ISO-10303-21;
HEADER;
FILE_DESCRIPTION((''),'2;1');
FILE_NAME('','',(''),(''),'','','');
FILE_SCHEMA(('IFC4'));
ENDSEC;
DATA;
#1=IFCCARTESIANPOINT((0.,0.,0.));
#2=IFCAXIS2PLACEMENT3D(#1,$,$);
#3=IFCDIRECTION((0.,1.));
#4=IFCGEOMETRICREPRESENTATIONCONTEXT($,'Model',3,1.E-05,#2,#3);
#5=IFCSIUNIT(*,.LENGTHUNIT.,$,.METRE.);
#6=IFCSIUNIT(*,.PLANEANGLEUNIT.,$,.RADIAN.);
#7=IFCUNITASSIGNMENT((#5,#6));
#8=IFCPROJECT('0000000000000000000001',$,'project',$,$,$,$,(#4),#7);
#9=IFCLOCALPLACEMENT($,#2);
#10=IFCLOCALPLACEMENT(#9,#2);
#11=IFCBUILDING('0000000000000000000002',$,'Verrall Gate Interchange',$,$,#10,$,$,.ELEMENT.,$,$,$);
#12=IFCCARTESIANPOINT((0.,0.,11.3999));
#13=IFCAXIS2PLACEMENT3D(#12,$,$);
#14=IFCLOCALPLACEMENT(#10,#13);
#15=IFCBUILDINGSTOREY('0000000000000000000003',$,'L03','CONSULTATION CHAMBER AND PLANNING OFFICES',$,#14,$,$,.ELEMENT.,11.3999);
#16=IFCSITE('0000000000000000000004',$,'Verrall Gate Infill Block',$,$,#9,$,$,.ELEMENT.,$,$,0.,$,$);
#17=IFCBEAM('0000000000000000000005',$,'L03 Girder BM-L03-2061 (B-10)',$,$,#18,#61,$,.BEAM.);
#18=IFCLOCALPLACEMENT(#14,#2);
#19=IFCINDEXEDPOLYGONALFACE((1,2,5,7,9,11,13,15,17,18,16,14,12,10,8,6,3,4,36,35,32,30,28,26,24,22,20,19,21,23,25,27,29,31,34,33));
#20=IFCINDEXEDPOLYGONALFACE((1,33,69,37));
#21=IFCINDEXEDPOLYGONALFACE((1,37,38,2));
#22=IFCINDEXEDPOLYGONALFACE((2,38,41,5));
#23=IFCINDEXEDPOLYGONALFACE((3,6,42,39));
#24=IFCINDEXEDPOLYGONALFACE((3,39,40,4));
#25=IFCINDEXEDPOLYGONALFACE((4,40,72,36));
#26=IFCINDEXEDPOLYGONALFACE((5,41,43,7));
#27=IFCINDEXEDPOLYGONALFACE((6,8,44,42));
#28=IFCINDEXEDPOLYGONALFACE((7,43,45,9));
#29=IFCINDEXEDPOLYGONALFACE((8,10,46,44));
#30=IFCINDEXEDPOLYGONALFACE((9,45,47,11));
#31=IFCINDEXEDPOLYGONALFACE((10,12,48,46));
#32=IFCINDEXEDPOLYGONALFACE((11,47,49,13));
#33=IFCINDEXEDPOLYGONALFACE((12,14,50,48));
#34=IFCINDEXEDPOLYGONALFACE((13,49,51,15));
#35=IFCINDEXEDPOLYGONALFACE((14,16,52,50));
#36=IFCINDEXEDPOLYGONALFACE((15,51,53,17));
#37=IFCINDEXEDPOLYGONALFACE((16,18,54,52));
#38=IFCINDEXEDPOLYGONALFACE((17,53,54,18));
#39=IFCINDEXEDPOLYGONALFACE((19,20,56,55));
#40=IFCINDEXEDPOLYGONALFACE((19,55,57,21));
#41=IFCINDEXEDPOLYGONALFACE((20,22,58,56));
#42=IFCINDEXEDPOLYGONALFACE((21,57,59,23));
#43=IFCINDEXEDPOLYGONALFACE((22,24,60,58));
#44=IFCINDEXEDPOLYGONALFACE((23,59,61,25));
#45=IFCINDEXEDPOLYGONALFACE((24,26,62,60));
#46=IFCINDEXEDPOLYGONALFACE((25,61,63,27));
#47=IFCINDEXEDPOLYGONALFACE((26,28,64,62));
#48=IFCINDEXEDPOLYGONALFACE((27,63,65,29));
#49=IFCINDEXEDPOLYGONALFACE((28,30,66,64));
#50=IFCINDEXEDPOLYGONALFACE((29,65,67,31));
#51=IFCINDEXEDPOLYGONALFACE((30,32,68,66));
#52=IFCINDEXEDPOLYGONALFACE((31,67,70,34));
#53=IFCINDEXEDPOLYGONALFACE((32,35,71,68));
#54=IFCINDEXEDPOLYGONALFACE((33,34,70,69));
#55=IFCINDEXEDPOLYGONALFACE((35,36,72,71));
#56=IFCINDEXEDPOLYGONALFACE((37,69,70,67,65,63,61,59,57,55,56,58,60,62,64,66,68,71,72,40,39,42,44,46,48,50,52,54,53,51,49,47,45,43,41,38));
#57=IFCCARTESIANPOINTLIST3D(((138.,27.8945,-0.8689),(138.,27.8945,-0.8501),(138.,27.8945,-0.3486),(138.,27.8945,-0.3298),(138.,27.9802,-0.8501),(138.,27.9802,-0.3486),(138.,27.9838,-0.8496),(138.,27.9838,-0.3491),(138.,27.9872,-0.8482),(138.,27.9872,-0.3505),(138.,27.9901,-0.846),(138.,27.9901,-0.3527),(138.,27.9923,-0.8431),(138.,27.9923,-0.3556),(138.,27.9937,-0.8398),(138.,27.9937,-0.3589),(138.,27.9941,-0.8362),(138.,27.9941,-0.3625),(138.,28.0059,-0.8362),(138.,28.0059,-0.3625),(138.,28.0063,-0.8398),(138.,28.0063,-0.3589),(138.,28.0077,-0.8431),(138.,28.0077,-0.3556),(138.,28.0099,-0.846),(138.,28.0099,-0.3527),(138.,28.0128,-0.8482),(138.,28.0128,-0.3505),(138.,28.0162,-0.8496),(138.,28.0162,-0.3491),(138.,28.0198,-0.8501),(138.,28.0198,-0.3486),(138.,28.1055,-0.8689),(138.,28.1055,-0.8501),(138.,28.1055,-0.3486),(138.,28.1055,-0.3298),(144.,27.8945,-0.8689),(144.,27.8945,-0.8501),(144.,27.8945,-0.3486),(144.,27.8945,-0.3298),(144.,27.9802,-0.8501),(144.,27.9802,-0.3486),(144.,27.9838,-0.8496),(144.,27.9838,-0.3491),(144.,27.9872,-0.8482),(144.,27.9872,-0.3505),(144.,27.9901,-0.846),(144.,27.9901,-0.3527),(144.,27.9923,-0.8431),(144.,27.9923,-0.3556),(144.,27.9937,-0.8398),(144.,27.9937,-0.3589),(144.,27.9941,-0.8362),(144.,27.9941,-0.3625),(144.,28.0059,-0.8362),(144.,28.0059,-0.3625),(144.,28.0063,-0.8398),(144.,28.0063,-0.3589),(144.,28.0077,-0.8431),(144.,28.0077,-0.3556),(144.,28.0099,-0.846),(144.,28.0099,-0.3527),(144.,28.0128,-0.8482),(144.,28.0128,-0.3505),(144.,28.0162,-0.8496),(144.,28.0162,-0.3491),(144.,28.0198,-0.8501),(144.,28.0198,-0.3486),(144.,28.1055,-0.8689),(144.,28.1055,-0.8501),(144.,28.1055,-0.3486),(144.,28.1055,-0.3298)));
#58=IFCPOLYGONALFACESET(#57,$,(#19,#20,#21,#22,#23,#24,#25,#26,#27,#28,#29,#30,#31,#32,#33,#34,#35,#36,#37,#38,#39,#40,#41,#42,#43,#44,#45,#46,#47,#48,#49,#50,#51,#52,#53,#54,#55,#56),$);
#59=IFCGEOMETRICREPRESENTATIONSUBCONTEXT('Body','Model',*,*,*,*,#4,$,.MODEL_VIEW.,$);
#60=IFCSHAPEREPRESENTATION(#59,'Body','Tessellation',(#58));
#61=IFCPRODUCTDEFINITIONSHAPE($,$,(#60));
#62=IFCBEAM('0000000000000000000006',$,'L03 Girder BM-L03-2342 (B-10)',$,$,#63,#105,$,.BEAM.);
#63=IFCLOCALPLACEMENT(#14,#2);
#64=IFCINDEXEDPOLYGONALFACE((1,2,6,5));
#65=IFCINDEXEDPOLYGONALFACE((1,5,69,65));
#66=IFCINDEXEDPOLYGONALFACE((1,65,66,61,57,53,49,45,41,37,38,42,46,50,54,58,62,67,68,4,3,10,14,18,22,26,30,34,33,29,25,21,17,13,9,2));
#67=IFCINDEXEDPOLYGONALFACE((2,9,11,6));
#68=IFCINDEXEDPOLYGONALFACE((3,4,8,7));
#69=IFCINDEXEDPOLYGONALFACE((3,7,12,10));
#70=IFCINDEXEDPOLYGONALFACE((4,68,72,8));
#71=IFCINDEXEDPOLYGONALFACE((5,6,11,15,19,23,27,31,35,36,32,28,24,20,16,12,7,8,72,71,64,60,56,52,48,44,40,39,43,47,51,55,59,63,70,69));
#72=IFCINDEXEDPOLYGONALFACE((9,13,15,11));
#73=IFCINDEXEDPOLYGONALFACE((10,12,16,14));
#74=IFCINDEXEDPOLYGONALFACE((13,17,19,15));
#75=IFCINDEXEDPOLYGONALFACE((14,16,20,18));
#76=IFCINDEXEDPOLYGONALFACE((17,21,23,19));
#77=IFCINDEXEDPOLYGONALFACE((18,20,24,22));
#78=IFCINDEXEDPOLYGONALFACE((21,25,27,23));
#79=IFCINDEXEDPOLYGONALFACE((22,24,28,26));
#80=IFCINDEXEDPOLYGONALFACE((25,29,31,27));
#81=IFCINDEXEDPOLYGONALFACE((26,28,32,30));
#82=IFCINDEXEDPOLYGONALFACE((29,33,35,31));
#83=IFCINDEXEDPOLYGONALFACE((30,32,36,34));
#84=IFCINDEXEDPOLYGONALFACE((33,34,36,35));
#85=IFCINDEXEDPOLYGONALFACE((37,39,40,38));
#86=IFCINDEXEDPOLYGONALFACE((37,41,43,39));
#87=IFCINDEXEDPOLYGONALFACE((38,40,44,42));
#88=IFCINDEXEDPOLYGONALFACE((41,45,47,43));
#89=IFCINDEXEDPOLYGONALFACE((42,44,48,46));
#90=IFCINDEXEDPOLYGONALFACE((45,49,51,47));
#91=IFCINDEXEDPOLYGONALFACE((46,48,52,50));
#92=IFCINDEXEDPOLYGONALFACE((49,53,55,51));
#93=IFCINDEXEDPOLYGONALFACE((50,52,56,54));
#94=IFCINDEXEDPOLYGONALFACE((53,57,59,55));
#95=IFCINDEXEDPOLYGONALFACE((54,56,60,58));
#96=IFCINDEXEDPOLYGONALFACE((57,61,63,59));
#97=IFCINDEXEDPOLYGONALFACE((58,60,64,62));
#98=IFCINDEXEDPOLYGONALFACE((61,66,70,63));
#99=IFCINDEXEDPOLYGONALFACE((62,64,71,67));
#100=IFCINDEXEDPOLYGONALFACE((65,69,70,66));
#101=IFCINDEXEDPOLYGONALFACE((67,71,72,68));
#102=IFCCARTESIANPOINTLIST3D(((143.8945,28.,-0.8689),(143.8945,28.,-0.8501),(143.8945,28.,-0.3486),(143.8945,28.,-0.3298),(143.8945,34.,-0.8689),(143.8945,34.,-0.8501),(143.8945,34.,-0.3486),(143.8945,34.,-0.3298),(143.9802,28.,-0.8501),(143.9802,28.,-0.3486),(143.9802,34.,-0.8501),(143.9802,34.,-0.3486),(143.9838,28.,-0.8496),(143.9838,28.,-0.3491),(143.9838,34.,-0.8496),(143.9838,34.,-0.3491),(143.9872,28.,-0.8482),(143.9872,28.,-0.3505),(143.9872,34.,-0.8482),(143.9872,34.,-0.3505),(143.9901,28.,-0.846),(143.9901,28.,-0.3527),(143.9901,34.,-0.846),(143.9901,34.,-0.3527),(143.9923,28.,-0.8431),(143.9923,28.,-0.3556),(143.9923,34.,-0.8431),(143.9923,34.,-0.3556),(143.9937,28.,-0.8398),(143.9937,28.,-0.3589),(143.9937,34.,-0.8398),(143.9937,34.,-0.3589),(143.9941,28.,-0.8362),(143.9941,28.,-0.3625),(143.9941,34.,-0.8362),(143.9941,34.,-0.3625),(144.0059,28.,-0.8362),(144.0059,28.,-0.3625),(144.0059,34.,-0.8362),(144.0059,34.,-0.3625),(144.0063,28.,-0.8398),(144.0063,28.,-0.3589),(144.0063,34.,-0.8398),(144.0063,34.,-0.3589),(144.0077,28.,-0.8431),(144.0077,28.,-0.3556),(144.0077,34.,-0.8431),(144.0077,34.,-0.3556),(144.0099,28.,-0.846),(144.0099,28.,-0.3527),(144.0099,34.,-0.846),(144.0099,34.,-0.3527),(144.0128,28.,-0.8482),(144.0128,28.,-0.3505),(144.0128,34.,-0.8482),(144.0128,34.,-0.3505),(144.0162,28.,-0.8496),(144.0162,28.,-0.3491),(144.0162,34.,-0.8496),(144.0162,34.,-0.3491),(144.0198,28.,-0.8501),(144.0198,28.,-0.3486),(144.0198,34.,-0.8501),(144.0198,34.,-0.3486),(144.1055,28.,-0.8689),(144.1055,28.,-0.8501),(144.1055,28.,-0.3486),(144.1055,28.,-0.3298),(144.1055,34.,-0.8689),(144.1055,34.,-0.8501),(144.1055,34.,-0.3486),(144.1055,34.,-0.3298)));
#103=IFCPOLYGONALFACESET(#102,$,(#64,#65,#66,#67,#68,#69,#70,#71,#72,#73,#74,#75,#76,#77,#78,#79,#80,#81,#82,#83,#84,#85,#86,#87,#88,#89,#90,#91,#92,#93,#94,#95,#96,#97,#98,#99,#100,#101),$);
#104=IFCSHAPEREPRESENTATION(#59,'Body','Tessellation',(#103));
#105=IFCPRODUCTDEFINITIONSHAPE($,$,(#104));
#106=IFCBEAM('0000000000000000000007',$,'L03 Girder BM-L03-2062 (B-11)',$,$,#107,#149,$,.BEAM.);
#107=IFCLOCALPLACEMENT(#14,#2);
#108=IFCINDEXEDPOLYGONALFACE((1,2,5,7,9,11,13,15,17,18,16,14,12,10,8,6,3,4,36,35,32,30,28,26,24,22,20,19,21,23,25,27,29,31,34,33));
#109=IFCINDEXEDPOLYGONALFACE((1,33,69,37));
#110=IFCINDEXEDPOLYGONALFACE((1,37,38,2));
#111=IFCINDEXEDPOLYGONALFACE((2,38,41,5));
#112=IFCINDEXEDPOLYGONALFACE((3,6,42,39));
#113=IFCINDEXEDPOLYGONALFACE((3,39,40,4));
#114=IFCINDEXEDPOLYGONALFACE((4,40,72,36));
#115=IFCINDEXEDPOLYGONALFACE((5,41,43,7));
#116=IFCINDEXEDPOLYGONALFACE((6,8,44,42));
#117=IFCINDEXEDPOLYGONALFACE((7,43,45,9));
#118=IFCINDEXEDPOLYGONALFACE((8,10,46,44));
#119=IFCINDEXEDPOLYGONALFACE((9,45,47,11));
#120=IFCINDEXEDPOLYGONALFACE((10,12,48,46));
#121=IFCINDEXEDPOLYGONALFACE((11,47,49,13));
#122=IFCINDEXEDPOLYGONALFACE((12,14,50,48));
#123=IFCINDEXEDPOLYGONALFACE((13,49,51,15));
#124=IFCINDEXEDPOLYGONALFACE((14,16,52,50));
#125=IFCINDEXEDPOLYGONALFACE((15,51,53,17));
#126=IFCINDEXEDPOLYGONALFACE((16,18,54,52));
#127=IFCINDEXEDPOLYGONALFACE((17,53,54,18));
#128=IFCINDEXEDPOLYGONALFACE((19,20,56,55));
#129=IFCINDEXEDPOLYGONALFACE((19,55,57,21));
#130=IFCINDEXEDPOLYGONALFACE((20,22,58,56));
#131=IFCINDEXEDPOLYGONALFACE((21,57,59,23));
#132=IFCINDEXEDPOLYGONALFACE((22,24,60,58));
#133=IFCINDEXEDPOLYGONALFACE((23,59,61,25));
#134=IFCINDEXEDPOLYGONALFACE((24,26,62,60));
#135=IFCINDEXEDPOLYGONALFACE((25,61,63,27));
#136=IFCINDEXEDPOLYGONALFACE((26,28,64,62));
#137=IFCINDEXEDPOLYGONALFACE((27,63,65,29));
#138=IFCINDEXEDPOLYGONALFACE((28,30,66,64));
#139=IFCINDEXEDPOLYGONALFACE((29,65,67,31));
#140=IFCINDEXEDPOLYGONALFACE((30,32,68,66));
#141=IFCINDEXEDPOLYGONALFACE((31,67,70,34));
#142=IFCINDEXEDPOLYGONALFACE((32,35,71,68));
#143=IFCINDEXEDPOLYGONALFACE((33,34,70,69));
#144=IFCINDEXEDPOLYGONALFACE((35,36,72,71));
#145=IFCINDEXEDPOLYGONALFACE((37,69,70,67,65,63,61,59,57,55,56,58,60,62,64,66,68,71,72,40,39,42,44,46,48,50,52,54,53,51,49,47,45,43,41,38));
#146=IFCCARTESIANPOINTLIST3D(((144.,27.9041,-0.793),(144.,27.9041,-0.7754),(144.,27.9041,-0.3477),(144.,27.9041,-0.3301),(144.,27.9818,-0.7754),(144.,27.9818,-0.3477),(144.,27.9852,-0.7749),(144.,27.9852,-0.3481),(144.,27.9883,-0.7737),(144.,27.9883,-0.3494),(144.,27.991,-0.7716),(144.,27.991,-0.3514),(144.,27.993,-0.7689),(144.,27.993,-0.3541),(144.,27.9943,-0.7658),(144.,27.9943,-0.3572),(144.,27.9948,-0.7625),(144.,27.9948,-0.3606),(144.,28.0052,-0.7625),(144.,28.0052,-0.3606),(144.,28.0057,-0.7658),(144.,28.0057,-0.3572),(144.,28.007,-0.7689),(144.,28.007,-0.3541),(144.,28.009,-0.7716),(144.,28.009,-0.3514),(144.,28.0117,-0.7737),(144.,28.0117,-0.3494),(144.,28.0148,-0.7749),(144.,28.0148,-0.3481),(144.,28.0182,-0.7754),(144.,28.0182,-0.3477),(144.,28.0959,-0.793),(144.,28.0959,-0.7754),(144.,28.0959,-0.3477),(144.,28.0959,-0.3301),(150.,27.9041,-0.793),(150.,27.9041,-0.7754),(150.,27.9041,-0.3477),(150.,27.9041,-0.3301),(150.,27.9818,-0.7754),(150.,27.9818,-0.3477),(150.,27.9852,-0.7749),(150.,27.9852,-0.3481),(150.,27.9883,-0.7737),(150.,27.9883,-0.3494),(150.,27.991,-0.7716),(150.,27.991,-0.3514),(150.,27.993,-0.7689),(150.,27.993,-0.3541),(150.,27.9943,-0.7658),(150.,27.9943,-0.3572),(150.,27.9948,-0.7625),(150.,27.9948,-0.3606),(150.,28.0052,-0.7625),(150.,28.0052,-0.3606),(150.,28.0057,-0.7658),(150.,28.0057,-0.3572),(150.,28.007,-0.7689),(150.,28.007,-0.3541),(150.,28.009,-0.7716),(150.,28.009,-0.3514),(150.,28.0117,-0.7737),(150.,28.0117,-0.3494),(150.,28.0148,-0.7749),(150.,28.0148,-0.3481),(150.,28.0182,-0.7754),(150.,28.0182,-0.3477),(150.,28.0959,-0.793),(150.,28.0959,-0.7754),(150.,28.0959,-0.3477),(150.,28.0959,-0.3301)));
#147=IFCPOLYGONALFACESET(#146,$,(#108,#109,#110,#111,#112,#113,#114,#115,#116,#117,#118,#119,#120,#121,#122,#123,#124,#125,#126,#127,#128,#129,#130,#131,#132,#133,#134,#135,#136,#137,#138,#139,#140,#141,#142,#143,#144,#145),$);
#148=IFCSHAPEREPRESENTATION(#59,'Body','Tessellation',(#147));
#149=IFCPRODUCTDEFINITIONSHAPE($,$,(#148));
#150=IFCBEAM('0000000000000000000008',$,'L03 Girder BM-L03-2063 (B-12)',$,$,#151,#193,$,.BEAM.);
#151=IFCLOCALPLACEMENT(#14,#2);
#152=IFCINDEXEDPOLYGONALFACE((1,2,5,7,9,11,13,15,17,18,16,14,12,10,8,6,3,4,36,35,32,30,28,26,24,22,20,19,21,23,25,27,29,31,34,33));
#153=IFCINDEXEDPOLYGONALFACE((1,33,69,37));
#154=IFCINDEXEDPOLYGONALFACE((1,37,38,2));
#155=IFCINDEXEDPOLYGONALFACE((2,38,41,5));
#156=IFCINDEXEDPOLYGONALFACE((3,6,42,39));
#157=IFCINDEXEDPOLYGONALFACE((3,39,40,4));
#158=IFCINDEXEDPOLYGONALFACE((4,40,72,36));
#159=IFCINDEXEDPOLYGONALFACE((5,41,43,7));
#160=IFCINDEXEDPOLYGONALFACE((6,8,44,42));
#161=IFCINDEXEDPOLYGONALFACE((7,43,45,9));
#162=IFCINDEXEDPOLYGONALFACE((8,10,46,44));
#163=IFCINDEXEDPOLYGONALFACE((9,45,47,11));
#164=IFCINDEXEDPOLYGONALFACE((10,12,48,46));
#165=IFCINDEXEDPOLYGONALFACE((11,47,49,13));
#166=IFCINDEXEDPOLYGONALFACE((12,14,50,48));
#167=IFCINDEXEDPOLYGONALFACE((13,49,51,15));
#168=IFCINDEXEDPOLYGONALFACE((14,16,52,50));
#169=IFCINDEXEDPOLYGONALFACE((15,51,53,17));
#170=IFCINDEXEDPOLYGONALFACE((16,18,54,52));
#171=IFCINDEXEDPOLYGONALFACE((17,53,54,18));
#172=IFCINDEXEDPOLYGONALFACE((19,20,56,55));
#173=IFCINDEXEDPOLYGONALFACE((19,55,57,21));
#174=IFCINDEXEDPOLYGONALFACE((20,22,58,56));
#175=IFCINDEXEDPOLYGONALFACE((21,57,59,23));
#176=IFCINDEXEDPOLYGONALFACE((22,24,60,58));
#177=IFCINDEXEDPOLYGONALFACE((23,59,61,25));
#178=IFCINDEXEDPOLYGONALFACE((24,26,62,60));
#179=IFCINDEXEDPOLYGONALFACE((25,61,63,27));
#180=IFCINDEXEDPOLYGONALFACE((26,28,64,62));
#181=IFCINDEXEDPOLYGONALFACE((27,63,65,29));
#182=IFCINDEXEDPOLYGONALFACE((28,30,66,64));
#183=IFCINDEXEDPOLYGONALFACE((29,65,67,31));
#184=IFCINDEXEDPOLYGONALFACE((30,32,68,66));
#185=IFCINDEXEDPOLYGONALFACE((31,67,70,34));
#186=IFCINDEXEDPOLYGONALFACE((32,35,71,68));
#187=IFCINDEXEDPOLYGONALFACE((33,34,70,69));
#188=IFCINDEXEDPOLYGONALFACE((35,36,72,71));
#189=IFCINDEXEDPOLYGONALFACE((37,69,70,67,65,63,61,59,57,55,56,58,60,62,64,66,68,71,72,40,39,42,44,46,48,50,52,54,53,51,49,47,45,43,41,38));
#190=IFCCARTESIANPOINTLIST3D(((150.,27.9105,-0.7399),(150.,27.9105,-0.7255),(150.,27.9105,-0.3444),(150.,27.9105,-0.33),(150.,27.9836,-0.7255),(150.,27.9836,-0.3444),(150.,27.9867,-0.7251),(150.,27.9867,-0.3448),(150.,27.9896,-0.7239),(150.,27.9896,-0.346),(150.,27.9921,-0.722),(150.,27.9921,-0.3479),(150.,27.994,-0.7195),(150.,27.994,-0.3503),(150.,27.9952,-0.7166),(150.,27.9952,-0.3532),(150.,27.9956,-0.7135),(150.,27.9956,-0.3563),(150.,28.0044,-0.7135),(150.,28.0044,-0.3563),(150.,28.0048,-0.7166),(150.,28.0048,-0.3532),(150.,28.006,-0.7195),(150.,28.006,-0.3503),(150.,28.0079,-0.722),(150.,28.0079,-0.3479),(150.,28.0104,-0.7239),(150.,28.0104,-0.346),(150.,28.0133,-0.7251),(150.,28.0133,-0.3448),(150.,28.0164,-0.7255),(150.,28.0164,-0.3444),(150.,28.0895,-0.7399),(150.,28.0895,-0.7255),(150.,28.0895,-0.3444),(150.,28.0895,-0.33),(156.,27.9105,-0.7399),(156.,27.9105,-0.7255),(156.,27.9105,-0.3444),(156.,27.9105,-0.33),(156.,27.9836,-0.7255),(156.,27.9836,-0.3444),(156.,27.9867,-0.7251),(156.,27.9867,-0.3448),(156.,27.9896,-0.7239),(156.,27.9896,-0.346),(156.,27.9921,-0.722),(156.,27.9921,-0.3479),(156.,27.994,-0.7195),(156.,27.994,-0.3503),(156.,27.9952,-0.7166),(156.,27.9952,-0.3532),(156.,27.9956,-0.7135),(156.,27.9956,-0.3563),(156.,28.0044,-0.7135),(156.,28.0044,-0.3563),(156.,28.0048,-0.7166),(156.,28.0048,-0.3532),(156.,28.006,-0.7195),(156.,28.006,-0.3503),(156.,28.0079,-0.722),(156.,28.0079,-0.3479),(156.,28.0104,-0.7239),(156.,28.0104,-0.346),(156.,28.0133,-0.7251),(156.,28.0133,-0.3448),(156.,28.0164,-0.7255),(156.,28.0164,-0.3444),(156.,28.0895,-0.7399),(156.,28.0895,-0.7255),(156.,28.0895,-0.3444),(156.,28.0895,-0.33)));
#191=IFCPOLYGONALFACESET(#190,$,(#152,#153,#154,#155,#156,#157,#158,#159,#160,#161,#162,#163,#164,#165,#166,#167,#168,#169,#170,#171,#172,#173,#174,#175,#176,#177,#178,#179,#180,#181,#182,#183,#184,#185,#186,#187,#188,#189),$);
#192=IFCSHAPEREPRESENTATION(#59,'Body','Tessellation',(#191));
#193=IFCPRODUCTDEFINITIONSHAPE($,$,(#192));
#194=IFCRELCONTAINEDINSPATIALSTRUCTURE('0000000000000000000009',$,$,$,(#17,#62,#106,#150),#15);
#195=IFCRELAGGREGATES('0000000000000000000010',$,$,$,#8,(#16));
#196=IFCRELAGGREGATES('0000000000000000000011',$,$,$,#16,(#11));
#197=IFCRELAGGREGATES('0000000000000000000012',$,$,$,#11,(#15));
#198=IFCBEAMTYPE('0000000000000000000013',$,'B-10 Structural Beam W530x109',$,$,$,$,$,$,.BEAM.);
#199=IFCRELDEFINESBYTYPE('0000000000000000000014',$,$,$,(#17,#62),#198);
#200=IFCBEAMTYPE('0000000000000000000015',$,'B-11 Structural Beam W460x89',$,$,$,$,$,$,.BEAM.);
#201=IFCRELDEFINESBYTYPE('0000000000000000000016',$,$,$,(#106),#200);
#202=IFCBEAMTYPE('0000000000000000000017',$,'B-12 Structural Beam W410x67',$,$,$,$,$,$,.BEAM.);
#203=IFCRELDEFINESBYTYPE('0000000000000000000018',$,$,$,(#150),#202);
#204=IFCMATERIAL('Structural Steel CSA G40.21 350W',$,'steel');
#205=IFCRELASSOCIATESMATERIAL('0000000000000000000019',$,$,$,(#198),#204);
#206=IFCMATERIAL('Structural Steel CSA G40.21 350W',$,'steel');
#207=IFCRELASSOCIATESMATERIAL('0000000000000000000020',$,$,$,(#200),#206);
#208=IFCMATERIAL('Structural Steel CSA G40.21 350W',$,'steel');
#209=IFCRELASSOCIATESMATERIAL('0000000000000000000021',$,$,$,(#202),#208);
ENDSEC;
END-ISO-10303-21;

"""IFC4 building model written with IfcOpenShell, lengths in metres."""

from ifc_helpers import new_model, si_unit, direction, frame, origin, origin_2d, place, context, subcontext, project, spatial, i_section, extrude, material, material_profile, profile_set, type_object, element, save


model = new_model("IFC4")

# Units and contexts
model_context = context("Model", 3, precision=1e-05, world=origin(), true_north=direction((0.0, 1.0)))
body_context = subcontext(model_context, "Body", "Model", "MODEL_VIEW")
ifc_project = project(units=[si_unit("LENGTHUNIT", "METRE"), si_unit("PLANEANGLEUNIT", "RADIAN")], contexts=[model_context])

# Site, building, storey
site_placement = place(None, origin())
site = spatial("IfcSite", under=ifc_project, at=site_placement, Name="Verrall Gate Infill Block", CompositionType="ELEMENT", RefElevation=0.0)
building_placement = place(site_placement, origin())
building = spatial("IfcBuilding", under=site, at=building_placement, Name="Verrall Gate Interchange", CompositionType="ELEMENT")
storey_placement = place(building_placement, frame((0.0, 0.0, 11.3999)))
storey = spatial("IfcBuildingStorey", under=building, at=storey_placement, Name="L03", Description="CONSULTATION CHAMBER AND PLANNING OFFICES", CompositionType="ELEMENT", Elevation=11.3999)

# Beams
ifc_material_1 = material(Name="Structural Steel CSA G40.21 350W", Category="steel")
ifc_material_profile_1 = material_profile(ifc_material_1, i_section(OverallWidth=0.2109, OverallDepth=0.5391, WebThickness=0.0117, FlangeThickness=0.0188, FilletRadius=0.0139, at=origin_2d()), Name="W530x109")
ifc_profile_set_1 = profile_set([ifc_material_profile_1], Name="Structural Steel CSA G40.21 350W")
beam_type_1 = type_object("IfcBeamType", Name="B-10 Structural Beam W530x109", PredefinedType="BEAM", material=ifc_profile_set_1)
for number, where, z_axis, x_axis, name in (
    (1, (138.0, 28.0, -0.5994), (1.0, 0.0, 0.0), (0.0, 1.0, 0.0), "L03 Girder BM-L03-2061 (B-10)"),
    (2, (144.0, 28.0, -0.5994), (0.0, 1.0, 0.0), (-1.0, 0.0, 0.0), "L03 Girder BM-L03-2342 (B-10)"),
):
    element("IfcBeam", number, at=place(storey_placement, frame(where, z_axis=z_axis, x_axis=x_axis)), inside=storey, type_object=beam_type_1, Name=name, PredefinedType="BEAM", context=body_context, shape_type="SweptSolid", body=[
        extrude(i_section(OverallWidth=0.2109, OverallDepth=0.5391, WebThickness=0.0117, FlangeThickness=0.0188, FilletRadius=0.0139, at=origin_2d()), origin(), (0.0, 0.0, 1.0), 6.0),
    ])
ifc_material_2 = material(Name="Structural Steel CSA G40.21 350W", Category="steel")
ifc_material_profile_2 = material_profile(ifc_material_2, i_section(OverallWidth=0.1919, OverallDepth=0.4629, WebThickness=0.0105, FlangeThickness=0.0176, FilletRadius=0.0129, at=origin_2d()), Name="W460x89")
ifc_profile_set_2 = profile_set([ifc_material_profile_2], Name="Structural Steel CSA G40.21 350W")
beam_type_2 = type_object("IfcBeamType", Name="B-11 Structural Beam W460x89", PredefinedType="BEAM", material=ifc_profile_set_2)
beam_1_placement = place(storey_placement, frame((144.0, 28.0, -0.5615), z_axis=(1.0, 0.0, 0.0), x_axis=(0.0, 1.0, 0.0)))
element("IfcBeam", 3, at=beam_1_placement, inside=storey, type_object=beam_type_2, Name="L03 Girder BM-L03-2062 (B-11)", PredefinedType="BEAM", context=body_context, shape_type="SweptSolid", body=[
    extrude(i_section(OverallWidth=0.1919, OverallDepth=0.4629, WebThickness=0.0105, FlangeThickness=0.0176, FilletRadius=0.0129, at=origin_2d()), origin(), (0.0, 0.0, 1.0), 6.0),
])
ifc_material_3 = material(Name="Structural Steel CSA G40.21 350W", Category="steel")
ifc_material_profile_3 = material_profile(ifc_material_3, i_section(OverallWidth=0.179, OverallDepth=0.4099, WebThickness=0.0088, FlangeThickness=0.0144, FilletRadius=0.012, at=origin_2d()), Name="W410x67")
ifc_profile_set_3 = profile_set([ifc_material_profile_3], Name="Structural Steel CSA G40.21 350W")
beam_type_3 = type_object("IfcBeamType", Name="B-12 Structural Beam W410x67", PredefinedType="BEAM", material=ifc_profile_set_3)
for number, where, z_axis, x_axis, name in (
    (4, (150.0, 28.0, -0.5349), (1.0, 0.0, 0.0), (0.0, 1.0, 0.0), "L03 Girder BM-L03-2063 (B-12)"),
):
    element("IfcBeam", number, at=place(storey_placement, frame(where, z_axis=z_axis, x_axis=x_axis)), inside=storey, type_object=beam_type_3, Name=name, PredefinedType="BEAM", context=body_context, shape_type="SweptSolid", body=[
        extrude(i_section(OverallWidth=0.179, OverallDepth=0.4099, WebThickness=0.0088, FlangeThickness=0.0144, FilletRadius=0.012, at=origin_2d()), origin(), (0.0, 0.0, 1.0), 6.0),
    ])

save(model, "model.ifc")
